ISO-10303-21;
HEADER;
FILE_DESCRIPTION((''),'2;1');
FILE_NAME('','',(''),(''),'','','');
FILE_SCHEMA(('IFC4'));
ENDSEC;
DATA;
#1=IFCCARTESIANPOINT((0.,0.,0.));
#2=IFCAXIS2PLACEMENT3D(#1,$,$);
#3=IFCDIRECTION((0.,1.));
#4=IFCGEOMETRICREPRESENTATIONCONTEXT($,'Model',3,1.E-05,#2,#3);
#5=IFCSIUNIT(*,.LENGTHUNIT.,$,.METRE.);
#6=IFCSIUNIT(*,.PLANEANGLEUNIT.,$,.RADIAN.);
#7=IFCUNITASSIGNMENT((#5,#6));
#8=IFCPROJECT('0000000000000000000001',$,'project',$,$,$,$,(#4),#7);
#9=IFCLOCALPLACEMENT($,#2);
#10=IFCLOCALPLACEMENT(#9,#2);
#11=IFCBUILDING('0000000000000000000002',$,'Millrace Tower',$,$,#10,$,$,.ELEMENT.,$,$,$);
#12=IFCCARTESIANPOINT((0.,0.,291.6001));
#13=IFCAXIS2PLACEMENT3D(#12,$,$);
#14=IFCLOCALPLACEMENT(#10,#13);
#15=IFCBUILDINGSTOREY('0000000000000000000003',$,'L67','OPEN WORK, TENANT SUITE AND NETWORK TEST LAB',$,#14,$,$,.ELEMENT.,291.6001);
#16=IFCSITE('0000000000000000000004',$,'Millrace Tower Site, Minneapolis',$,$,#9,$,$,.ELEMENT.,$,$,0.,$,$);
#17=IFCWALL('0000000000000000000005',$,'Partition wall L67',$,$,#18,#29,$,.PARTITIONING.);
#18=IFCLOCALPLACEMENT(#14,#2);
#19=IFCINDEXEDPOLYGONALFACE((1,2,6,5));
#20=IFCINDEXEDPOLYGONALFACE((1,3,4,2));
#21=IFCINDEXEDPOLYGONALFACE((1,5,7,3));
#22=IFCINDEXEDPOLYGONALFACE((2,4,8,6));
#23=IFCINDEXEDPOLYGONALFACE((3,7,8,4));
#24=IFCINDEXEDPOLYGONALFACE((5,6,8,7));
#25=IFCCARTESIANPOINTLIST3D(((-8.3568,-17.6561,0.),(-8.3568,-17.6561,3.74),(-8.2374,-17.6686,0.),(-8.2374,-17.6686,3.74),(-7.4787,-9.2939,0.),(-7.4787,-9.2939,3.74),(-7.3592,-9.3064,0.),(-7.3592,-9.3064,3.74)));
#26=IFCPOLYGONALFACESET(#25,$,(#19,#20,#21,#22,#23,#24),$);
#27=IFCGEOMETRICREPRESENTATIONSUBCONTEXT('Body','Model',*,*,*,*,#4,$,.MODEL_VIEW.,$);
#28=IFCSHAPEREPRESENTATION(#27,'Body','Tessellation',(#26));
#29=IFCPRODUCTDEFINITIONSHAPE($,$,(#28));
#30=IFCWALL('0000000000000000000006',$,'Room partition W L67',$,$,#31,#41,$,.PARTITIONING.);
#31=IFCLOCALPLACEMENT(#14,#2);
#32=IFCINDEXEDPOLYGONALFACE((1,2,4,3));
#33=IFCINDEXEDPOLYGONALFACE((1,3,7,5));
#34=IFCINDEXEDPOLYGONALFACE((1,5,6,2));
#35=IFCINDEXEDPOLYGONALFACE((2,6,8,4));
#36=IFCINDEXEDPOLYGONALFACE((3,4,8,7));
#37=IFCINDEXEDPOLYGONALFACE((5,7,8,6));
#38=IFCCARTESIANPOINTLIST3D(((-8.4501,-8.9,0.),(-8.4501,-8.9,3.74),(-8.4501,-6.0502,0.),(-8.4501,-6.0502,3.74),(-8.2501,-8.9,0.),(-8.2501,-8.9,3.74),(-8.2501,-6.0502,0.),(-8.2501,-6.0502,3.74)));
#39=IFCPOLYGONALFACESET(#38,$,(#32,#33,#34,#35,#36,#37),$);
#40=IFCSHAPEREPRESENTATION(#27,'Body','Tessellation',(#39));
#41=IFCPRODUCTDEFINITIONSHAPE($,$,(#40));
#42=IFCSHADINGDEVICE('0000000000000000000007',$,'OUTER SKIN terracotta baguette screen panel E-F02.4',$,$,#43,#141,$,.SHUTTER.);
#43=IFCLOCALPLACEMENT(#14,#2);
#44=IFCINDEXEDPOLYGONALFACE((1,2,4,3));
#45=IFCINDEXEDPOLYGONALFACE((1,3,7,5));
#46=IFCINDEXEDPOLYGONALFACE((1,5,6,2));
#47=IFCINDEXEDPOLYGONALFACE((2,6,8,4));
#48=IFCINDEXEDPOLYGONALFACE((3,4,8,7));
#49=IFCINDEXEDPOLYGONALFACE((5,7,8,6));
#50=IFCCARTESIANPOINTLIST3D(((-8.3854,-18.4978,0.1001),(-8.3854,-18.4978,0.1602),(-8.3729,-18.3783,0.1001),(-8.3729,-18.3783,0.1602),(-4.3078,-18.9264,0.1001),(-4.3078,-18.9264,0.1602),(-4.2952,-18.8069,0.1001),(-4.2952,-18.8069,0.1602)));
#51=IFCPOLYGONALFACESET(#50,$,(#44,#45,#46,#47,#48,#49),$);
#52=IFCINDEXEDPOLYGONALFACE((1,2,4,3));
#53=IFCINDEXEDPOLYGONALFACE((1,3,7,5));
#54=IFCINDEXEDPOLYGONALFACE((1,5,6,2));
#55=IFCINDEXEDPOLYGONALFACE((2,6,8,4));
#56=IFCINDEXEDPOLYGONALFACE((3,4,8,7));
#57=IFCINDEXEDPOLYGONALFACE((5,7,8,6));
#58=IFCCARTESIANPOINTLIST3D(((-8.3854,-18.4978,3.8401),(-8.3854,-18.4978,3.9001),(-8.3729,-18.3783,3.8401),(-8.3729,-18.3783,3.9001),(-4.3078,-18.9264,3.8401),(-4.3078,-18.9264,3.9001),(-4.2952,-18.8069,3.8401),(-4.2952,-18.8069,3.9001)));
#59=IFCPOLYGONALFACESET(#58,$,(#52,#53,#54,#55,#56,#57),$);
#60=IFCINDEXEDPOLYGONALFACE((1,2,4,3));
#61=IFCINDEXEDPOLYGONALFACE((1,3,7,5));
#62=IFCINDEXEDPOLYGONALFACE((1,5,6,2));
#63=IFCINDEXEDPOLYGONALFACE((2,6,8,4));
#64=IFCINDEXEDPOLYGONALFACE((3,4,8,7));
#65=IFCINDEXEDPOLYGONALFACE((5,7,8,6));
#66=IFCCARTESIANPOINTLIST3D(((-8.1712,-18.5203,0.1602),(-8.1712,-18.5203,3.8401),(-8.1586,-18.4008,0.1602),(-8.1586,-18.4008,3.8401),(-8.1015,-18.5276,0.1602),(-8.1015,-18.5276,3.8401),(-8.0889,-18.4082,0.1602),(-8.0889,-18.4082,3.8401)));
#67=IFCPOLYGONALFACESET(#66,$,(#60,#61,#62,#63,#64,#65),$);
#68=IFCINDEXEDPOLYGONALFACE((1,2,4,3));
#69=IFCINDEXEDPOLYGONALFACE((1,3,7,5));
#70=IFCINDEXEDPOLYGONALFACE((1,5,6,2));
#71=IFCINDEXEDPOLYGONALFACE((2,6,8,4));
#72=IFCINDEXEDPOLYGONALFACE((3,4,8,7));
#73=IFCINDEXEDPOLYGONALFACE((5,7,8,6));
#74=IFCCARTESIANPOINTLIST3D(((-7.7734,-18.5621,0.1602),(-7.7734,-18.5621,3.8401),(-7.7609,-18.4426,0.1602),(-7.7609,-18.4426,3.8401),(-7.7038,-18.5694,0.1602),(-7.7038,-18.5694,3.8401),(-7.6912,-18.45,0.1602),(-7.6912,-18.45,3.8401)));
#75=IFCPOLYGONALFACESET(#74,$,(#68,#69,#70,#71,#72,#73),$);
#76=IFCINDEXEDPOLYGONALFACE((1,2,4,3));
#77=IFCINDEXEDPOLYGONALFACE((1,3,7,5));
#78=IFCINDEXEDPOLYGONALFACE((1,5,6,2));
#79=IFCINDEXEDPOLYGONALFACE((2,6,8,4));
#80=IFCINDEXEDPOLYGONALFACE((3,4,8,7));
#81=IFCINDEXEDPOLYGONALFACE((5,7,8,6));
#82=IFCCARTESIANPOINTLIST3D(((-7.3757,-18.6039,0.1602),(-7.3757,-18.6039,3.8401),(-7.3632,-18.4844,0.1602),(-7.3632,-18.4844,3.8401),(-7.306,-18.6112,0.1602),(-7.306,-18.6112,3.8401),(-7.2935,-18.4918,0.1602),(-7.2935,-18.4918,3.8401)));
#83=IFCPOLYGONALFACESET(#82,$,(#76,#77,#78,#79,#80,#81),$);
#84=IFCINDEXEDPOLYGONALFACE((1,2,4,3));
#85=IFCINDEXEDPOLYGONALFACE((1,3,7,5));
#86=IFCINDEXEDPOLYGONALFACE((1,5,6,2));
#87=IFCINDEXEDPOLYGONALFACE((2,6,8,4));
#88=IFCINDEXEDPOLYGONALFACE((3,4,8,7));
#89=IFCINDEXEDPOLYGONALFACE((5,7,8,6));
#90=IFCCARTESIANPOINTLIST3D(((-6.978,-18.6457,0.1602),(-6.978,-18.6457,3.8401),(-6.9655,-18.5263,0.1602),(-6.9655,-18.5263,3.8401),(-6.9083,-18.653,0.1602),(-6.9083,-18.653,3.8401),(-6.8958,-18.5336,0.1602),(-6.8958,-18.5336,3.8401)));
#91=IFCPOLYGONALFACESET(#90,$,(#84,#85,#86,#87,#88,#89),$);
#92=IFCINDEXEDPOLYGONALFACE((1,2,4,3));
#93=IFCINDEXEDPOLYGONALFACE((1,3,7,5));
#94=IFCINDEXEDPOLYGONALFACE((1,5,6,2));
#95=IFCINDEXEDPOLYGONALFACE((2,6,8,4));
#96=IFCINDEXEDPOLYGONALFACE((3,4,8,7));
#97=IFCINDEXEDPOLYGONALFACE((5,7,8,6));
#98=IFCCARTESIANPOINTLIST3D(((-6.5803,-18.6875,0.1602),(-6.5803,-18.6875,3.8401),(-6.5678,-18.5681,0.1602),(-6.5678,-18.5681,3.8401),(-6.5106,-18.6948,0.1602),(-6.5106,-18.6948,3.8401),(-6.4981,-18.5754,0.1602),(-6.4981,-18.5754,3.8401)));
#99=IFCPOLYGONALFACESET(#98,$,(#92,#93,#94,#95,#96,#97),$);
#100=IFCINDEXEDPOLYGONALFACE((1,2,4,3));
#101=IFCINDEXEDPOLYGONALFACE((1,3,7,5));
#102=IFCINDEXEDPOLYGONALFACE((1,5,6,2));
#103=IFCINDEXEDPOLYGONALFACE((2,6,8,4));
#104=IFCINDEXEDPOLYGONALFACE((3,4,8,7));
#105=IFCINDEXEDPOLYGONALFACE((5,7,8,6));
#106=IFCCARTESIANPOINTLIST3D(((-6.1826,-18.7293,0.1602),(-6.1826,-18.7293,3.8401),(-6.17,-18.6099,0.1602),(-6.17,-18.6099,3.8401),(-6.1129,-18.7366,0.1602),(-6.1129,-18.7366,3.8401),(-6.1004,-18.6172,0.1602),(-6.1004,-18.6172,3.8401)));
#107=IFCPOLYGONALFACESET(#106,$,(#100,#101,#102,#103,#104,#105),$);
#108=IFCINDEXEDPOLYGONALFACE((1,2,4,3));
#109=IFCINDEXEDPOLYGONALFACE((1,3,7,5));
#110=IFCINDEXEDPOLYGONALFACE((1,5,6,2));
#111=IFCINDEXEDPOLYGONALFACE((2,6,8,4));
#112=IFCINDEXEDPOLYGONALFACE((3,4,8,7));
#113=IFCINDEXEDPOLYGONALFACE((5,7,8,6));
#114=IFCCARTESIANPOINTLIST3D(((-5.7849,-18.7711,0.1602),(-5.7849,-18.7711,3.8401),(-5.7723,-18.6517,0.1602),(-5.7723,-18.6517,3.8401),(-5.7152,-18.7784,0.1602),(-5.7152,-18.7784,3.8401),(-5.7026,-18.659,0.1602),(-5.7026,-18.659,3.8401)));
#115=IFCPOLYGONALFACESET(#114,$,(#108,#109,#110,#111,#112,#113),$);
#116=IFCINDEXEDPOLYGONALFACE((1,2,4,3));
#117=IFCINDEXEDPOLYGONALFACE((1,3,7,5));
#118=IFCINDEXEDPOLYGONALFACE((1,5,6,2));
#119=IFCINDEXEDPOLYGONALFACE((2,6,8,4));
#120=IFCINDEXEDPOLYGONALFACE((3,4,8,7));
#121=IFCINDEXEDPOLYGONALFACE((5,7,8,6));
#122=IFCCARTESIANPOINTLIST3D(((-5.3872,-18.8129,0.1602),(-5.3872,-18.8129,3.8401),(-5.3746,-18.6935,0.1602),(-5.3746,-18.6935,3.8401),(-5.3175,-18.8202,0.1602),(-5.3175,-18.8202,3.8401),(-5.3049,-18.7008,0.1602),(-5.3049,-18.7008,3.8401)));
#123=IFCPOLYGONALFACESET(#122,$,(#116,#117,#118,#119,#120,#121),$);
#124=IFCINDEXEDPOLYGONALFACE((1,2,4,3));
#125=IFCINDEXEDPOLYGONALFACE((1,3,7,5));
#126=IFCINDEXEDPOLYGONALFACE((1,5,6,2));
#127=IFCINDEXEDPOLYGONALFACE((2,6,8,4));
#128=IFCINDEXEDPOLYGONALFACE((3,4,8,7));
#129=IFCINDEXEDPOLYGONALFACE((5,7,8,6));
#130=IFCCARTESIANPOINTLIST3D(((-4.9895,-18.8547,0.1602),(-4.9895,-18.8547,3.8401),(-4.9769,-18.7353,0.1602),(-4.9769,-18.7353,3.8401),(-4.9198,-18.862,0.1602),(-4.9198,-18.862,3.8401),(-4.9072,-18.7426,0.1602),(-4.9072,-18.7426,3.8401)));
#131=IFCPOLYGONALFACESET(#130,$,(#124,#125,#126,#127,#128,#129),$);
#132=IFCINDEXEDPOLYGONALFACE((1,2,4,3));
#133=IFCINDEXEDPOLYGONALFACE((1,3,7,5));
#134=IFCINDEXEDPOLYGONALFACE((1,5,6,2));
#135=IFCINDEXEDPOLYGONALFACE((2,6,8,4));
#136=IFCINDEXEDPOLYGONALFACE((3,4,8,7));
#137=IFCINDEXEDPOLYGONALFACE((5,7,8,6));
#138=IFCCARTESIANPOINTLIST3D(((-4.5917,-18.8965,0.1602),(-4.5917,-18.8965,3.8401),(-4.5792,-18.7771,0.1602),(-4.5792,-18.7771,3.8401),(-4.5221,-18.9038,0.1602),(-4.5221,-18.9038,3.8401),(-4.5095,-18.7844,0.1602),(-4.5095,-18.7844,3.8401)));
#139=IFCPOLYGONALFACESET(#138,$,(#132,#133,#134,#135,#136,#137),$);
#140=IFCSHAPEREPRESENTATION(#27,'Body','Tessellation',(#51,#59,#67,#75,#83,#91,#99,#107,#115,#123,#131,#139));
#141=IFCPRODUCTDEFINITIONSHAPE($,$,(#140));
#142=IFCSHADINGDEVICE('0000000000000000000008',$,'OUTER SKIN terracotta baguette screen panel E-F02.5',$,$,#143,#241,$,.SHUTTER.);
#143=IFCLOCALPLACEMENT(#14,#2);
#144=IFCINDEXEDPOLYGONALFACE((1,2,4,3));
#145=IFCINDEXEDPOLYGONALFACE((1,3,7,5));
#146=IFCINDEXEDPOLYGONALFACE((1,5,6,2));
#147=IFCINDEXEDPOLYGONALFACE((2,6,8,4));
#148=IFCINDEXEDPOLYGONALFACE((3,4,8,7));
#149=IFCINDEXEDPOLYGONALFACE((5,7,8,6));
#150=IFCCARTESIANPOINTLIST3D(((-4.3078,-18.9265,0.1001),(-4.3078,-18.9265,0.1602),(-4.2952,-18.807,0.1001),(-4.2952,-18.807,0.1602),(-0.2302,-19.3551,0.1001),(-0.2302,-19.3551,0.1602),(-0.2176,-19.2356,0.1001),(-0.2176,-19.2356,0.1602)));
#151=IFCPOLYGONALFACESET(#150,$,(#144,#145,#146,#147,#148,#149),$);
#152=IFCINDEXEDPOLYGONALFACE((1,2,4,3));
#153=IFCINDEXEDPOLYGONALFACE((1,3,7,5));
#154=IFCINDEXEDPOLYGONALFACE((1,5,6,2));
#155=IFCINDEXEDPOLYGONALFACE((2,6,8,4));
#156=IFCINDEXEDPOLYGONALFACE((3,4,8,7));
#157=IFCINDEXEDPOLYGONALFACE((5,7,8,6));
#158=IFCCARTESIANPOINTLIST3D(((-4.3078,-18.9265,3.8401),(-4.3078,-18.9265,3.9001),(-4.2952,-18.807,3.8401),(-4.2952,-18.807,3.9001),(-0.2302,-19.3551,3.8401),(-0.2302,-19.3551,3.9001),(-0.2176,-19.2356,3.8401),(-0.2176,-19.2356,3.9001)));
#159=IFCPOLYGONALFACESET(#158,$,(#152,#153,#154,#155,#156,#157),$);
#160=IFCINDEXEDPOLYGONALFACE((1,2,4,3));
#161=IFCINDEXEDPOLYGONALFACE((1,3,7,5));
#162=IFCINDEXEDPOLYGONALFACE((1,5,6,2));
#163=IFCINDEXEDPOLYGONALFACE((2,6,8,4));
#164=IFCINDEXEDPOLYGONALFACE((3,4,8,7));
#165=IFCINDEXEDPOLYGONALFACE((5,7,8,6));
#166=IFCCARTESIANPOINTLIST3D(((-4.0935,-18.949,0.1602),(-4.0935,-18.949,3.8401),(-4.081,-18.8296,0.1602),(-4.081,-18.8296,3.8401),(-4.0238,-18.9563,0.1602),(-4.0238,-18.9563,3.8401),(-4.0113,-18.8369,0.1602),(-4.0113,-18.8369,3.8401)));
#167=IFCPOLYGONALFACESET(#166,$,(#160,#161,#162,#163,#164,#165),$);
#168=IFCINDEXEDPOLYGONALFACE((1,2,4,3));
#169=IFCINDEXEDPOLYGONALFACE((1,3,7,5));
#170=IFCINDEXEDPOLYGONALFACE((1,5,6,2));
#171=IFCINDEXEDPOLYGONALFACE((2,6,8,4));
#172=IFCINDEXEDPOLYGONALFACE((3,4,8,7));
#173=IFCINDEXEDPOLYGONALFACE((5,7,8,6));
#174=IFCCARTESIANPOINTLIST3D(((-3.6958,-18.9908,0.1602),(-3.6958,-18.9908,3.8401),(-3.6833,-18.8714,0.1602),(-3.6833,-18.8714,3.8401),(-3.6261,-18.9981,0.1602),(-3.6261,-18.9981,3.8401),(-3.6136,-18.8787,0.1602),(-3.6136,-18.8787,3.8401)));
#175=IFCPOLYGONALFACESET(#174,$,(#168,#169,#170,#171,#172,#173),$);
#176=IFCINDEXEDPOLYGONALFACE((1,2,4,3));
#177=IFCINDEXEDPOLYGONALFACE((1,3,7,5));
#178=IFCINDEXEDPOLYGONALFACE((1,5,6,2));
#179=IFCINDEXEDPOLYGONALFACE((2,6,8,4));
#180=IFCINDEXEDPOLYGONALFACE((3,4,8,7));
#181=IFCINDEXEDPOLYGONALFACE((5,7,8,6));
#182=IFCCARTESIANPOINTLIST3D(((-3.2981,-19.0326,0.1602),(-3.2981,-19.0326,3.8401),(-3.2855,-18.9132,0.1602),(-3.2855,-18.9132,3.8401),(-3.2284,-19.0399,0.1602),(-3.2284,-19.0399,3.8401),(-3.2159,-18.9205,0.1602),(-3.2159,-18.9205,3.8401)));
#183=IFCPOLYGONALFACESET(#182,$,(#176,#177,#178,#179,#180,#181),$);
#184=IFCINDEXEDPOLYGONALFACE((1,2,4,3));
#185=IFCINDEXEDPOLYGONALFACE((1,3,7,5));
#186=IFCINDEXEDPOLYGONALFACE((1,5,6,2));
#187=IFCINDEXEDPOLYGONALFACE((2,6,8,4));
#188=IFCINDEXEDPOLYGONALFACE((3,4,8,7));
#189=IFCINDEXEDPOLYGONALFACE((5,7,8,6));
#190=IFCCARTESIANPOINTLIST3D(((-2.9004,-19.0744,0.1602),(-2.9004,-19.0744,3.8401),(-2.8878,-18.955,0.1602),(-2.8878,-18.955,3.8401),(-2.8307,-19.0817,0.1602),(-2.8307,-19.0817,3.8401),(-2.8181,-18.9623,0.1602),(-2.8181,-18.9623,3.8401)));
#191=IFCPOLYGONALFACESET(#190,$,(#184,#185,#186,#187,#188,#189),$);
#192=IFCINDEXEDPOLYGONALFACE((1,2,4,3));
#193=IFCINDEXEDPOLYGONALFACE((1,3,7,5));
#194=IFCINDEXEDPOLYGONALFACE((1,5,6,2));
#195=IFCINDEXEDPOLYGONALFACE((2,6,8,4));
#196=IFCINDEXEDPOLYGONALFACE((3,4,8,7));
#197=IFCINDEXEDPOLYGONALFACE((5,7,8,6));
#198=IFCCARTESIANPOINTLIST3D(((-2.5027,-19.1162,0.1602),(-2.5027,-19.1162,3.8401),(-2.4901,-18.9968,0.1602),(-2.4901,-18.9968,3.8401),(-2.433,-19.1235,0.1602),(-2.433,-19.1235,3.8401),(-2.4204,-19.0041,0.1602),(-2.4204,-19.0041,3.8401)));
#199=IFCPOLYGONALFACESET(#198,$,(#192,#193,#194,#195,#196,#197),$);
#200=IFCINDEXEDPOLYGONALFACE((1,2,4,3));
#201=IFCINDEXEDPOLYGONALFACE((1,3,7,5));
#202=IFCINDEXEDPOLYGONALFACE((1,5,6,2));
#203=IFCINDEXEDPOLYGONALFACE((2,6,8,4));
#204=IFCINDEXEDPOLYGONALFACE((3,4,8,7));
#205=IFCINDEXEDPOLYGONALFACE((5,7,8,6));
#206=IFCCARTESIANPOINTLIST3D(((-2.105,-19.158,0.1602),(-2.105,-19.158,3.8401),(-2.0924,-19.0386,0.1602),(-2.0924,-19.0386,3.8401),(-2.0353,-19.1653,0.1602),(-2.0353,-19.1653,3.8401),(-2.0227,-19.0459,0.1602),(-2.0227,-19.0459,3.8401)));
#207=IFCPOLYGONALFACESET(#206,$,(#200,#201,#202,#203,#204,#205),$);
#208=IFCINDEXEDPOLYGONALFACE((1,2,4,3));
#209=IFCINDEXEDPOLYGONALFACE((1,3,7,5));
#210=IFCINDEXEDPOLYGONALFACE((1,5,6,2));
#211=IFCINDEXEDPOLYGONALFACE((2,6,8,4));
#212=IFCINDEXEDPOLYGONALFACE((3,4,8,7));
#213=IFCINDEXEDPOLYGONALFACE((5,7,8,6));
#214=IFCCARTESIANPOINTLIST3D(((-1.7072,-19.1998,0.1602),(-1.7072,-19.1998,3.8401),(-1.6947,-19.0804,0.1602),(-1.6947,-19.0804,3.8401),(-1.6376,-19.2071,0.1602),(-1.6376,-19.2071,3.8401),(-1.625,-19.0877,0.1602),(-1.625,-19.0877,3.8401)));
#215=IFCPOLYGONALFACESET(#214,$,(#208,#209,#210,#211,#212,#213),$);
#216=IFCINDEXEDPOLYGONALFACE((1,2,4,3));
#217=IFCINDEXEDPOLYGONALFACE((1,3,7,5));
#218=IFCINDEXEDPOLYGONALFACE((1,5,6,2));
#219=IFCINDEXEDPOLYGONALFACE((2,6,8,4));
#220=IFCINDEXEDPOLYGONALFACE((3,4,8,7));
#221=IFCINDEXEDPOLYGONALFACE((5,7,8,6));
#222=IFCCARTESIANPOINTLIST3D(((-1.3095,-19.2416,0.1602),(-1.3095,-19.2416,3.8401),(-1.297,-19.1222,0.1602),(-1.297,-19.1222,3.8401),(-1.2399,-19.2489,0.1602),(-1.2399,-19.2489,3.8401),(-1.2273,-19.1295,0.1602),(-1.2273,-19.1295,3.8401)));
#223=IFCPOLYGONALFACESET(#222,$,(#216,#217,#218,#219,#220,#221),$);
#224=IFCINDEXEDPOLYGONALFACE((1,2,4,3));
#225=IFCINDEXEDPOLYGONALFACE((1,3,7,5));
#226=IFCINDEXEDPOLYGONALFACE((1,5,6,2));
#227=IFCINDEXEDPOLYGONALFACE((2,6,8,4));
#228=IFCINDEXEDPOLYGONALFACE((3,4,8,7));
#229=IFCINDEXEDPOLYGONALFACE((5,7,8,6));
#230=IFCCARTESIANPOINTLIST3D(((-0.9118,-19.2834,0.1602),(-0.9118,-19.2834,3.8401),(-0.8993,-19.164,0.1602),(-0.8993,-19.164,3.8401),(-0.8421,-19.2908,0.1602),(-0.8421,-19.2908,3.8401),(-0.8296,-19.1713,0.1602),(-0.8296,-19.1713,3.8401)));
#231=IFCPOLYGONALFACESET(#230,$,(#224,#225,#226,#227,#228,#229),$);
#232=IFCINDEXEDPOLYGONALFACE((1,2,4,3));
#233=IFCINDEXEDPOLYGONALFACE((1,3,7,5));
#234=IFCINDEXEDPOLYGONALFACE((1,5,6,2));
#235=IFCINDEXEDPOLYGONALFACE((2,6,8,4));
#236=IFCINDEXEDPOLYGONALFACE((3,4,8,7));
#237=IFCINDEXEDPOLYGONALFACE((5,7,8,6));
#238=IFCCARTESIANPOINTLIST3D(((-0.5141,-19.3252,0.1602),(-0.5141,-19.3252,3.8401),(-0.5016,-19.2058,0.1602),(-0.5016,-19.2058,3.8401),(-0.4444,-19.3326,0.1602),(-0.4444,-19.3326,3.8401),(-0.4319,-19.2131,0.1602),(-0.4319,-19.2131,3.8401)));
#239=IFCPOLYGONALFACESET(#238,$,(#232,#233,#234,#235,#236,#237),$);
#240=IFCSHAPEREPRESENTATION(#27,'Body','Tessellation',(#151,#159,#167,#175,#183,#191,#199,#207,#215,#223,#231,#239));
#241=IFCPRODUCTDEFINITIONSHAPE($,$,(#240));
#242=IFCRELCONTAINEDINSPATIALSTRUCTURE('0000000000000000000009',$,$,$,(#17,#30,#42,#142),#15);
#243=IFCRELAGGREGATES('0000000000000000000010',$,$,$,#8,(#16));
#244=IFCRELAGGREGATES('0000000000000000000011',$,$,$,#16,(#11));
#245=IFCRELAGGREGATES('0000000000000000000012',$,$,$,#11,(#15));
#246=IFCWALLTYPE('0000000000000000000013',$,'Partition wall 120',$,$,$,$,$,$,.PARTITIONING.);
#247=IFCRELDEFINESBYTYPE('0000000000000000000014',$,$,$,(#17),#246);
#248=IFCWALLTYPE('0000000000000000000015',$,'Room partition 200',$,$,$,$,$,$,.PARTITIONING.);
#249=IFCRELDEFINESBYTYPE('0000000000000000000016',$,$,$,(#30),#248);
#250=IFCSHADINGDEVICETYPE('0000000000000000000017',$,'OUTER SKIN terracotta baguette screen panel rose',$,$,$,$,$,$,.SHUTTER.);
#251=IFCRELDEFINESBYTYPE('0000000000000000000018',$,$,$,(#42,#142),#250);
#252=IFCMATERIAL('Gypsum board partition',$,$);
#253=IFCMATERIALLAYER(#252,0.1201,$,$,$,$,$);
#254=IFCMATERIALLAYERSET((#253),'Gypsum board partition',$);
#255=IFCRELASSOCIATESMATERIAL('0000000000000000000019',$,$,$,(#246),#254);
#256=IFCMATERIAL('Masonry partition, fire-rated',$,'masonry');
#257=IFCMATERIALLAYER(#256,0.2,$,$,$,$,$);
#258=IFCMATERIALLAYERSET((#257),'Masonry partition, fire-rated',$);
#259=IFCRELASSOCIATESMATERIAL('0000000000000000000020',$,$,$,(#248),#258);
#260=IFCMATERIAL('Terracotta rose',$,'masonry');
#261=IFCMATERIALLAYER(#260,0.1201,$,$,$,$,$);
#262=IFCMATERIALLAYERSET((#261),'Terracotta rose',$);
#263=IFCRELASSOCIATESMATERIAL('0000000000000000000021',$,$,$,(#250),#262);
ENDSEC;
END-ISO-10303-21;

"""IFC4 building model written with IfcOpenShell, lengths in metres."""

from ifc_helpers import new_model, entity, si_unit, direction, frame, frame_2d, origin, place, context, subcontext, project, spatial, rectangle, extrude, source, transform, mapped, material, layer, layer_set, type_object, element, save


model = new_model("IFC4")

# Units and contexts
model_context = context("Model", 3, precision=1e-05, world=origin(), true_north=direction((0.0, 1.0)))
body_context = subcontext(model_context, "Body", "Model", "MODEL_VIEW")
ifc_project = project(units=[si_unit("LENGTHUNIT", "METRE"), si_unit("PLANEANGLEUNIT", "RADIAN")], contexts=[model_context])

# Site, building, storey
site_placement = place(None, origin())
site = spatial("IfcSite", under=ifc_project, at=site_placement, Name="Millrace Tower Site, Minneapolis", CompositionType="ELEMENT", RefElevation=0.0)
building_placement = place(site_placement, origin())
building = spatial("IfcBuilding", under=site, at=building_placement, Name="Millrace Tower", CompositionType="ELEMENT")
storey_placement = place(building_placement, frame((0.0, 0.0, 291.6001)))
storey = spatial("IfcBuildingStorey", under=building, at=storey_placement, Name="L67", Description="OPEN WORK, TENANT SUITE AND NETWORK TEST LAB", CompositionType="ELEMENT", Elevation=291.6001)

# Walls
ifc_material_1 = material(Name="Gypsum board partition")
ifc_layer_1 = layer(ifc_material_1, 0.1201)
ifc_layer_set_1 = layer_set([ifc_layer_1], Name="Gypsum board partition")
wall_type_1 = type_object("IfcWallType", Name="Partition wall 120", PredefinedType="PARTITIONING", material=ifc_layer_set_1)
wall_1_placement = place(storey_placement, frame((-8.2971, -17.6624, 0.0), z_axis=(0.0, 0.0, 1.0), x_axis=(0.104441, 0.994531, 0.0)))
element("IfcWall", 1, at=wall_1_placement, inside=storey, type_object=wall_type_1, Name="Partition wall L67", PredefinedType="PARTITIONING", context=body_context, shape_type="SweptSolid", body=[
    extrude(rectangle(XDim=8.4082, YDim=0.1201, at=frame_2d((4.2041, 0.0))), origin(), (0.0, 0.0, 1.0), 3.74),
])
ifc_material_2 = material(Name="Masonry partition, fire-rated", Category="masonry")
ifc_layer_2 = layer(ifc_material_2, 0.2)
ifc_layer_set_2 = layer_set([ifc_layer_2], Name="Masonry partition, fire-rated")
wall_type_2 = type_object("IfcWallType", Name="Room partition 200", PredefinedType="PARTITIONING", material=ifc_layer_set_2)
wall_2_placement = place(storey_placement, frame((-8.3501, -8.8999, 0.0), z_axis=(0.0, 0.0, 1.0), x_axis=(0.0, 1.0, 0.0)))
element("IfcWall", 2, at=wall_2_placement, inside=storey, type_object=wall_type_2, Name="Room partition W L67", PredefinedType="PARTITIONING", context=body_context, shape_type="SweptSolid", body=[
    extrude(rectangle(XDim=2.8499, YDim=0.2, at=frame_2d((1.4248, 0.0))), origin(), (0.0, 0.0, 1.0), 3.74),
])

# Shading devices
ifc_material_3 = material(Name="Terracotta rose", Category="masonry")
ifc_layer_3 = layer(ifc_material_3, 0.1201)
ifc_layer_set_3 = layer_set([ifc_layer_3], Name="Terracotta rose")
shading_device_type = type_object("IfcShadingDeviceType", Name="OUTER SKIN terracotta baguette screen panel rose", PredefinedType="SHUTTER", material=ifc_layer_set_3)
cartesian_point = entity("IfcCartesianPoint", [-2.05, 0.0601])
shared_polyline = entity("IfcPolyline", [cartesian_point, entity("IfcCartesianPoint", [2.05, 0.0601]), entity("IfcCartesianPoint", [2.05, -0.0601]), entity("IfcCartesianPoint", [-2.05, -0.0601]), cartesian_point])
shared_shape = source(origin(), body_context, "Body", "SweptSolid", [
    entity("IfcExtrudedAreaSolid", entity("IfcArbitraryClosedProfileDef", "AREA", None, shared_polyline), entity("IfcAxis2Placement3D", entity("IfcCartesianPoint", [0.0, 0.0, 0.0])), entity("IfcDirection", [0.0, 0.0, 1.0]), 0.0601),
    entity("IfcExtrudedAreaSolid", entity("IfcArbitraryClosedProfileDef", "AREA", None, shared_polyline), entity("IfcAxis2Placement3D", entity("IfcCartesianPoint", [0.0, 0.0, 3.74])), entity("IfcDirection", [0.0, 0.0, 1.0]), 0.0601),
    extrude(rectangle(XDim=0.0701, YDim=0.1201, at=frame_2d((-1.7996, 0.0))), frame((0.0, 0.0, 0.0601)), (0.0, 0.0, 1.0), 3.6799),
    extrude(rectangle(XDim=0.0701, YDim=0.1201, at=frame_2d((-1.3997, 0.0))), frame((0.0, 0.0, 0.0601)), (0.0, 0.0, 1.0), 3.6799),
    extrude(rectangle(XDim=0.0701, YDim=0.1201, at=frame_2d((-0.9998, 0.0))), frame((0.0, 0.0, 0.0601)), (0.0, 0.0, 1.0), 3.6799),
    extrude(rectangle(XDim=0.0701, YDim=0.1201, at=frame_2d((-0.5999, 0.0))), frame((0.0, 0.0, 0.0601)), (0.0, 0.0, 1.0), 3.6799),
    extrude(rectangle(XDim=0.0701, YDim=0.1201, at=frame_2d((-0.2, 0.0))), frame((0.0, 0.0, 0.0601)), (0.0, 0.0, 1.0), 3.6799),
    extrude(rectangle(XDim=0.0701, YDim=0.1201, at=frame_2d((0.2, 0.0))), frame((0.0, 0.0, 0.0601)), (0.0, 0.0, 1.0), 3.6799),
    extrude(rectangle(XDim=0.0701, YDim=0.1201, at=frame_2d((0.5999, 0.0))), frame((0.0, 0.0, 0.0601)), (0.0, 0.0, 1.0), 3.6799),
    extrude(rectangle(XDim=0.0701, YDim=0.1201, at=frame_2d((0.9998, 0.0))), frame((0.0, 0.0, 0.0601)), (0.0, 0.0, 1.0), 3.6799),
    extrude(rectangle(XDim=0.0701, YDim=0.1201, at=frame_2d((1.3997, 0.0))), frame((0.0, 0.0, 0.0601)), (0.0, 0.0, 1.0), 3.6799),
    extrude(rectangle(XDim=0.0701, YDim=0.1201, at=frame_2d((1.7996, 0.0))), frame((0.0, 0.0, 0.0601)), (0.0, 0.0, 1.0), 3.6799),
])
for number, where, z_axis, x_axis, name in (
    (3, (-6.3403, -18.6523, 0.1001), (0.0, 0.0, 1.0), (0.994522, -0.104528, 0.0), "OUTER SKIN terracotta baguette screen panel E-F02.4"),
    (4, (-2.2627, -19.0811, 0.1001), (0.0, 0.0, 1.0), (0.994522, -0.104528, 0.0), "OUTER SKIN terracotta baguette screen panel E-F02.5"),
):
    element("IfcShadingDevice", number, at=place(storey_placement, frame(where, z_axis=z_axis, x_axis=x_axis)), inside=storey, type_object=shading_device_type, Name=name, PredefinedType="SHUTTER", context=body_context, shape_type="MappedRepresentation", body=[
        mapped(shared_shape, transform((0.0, 0.0, 0.0), scale=1.0)),
    ])

save(model, "model.ifc")
